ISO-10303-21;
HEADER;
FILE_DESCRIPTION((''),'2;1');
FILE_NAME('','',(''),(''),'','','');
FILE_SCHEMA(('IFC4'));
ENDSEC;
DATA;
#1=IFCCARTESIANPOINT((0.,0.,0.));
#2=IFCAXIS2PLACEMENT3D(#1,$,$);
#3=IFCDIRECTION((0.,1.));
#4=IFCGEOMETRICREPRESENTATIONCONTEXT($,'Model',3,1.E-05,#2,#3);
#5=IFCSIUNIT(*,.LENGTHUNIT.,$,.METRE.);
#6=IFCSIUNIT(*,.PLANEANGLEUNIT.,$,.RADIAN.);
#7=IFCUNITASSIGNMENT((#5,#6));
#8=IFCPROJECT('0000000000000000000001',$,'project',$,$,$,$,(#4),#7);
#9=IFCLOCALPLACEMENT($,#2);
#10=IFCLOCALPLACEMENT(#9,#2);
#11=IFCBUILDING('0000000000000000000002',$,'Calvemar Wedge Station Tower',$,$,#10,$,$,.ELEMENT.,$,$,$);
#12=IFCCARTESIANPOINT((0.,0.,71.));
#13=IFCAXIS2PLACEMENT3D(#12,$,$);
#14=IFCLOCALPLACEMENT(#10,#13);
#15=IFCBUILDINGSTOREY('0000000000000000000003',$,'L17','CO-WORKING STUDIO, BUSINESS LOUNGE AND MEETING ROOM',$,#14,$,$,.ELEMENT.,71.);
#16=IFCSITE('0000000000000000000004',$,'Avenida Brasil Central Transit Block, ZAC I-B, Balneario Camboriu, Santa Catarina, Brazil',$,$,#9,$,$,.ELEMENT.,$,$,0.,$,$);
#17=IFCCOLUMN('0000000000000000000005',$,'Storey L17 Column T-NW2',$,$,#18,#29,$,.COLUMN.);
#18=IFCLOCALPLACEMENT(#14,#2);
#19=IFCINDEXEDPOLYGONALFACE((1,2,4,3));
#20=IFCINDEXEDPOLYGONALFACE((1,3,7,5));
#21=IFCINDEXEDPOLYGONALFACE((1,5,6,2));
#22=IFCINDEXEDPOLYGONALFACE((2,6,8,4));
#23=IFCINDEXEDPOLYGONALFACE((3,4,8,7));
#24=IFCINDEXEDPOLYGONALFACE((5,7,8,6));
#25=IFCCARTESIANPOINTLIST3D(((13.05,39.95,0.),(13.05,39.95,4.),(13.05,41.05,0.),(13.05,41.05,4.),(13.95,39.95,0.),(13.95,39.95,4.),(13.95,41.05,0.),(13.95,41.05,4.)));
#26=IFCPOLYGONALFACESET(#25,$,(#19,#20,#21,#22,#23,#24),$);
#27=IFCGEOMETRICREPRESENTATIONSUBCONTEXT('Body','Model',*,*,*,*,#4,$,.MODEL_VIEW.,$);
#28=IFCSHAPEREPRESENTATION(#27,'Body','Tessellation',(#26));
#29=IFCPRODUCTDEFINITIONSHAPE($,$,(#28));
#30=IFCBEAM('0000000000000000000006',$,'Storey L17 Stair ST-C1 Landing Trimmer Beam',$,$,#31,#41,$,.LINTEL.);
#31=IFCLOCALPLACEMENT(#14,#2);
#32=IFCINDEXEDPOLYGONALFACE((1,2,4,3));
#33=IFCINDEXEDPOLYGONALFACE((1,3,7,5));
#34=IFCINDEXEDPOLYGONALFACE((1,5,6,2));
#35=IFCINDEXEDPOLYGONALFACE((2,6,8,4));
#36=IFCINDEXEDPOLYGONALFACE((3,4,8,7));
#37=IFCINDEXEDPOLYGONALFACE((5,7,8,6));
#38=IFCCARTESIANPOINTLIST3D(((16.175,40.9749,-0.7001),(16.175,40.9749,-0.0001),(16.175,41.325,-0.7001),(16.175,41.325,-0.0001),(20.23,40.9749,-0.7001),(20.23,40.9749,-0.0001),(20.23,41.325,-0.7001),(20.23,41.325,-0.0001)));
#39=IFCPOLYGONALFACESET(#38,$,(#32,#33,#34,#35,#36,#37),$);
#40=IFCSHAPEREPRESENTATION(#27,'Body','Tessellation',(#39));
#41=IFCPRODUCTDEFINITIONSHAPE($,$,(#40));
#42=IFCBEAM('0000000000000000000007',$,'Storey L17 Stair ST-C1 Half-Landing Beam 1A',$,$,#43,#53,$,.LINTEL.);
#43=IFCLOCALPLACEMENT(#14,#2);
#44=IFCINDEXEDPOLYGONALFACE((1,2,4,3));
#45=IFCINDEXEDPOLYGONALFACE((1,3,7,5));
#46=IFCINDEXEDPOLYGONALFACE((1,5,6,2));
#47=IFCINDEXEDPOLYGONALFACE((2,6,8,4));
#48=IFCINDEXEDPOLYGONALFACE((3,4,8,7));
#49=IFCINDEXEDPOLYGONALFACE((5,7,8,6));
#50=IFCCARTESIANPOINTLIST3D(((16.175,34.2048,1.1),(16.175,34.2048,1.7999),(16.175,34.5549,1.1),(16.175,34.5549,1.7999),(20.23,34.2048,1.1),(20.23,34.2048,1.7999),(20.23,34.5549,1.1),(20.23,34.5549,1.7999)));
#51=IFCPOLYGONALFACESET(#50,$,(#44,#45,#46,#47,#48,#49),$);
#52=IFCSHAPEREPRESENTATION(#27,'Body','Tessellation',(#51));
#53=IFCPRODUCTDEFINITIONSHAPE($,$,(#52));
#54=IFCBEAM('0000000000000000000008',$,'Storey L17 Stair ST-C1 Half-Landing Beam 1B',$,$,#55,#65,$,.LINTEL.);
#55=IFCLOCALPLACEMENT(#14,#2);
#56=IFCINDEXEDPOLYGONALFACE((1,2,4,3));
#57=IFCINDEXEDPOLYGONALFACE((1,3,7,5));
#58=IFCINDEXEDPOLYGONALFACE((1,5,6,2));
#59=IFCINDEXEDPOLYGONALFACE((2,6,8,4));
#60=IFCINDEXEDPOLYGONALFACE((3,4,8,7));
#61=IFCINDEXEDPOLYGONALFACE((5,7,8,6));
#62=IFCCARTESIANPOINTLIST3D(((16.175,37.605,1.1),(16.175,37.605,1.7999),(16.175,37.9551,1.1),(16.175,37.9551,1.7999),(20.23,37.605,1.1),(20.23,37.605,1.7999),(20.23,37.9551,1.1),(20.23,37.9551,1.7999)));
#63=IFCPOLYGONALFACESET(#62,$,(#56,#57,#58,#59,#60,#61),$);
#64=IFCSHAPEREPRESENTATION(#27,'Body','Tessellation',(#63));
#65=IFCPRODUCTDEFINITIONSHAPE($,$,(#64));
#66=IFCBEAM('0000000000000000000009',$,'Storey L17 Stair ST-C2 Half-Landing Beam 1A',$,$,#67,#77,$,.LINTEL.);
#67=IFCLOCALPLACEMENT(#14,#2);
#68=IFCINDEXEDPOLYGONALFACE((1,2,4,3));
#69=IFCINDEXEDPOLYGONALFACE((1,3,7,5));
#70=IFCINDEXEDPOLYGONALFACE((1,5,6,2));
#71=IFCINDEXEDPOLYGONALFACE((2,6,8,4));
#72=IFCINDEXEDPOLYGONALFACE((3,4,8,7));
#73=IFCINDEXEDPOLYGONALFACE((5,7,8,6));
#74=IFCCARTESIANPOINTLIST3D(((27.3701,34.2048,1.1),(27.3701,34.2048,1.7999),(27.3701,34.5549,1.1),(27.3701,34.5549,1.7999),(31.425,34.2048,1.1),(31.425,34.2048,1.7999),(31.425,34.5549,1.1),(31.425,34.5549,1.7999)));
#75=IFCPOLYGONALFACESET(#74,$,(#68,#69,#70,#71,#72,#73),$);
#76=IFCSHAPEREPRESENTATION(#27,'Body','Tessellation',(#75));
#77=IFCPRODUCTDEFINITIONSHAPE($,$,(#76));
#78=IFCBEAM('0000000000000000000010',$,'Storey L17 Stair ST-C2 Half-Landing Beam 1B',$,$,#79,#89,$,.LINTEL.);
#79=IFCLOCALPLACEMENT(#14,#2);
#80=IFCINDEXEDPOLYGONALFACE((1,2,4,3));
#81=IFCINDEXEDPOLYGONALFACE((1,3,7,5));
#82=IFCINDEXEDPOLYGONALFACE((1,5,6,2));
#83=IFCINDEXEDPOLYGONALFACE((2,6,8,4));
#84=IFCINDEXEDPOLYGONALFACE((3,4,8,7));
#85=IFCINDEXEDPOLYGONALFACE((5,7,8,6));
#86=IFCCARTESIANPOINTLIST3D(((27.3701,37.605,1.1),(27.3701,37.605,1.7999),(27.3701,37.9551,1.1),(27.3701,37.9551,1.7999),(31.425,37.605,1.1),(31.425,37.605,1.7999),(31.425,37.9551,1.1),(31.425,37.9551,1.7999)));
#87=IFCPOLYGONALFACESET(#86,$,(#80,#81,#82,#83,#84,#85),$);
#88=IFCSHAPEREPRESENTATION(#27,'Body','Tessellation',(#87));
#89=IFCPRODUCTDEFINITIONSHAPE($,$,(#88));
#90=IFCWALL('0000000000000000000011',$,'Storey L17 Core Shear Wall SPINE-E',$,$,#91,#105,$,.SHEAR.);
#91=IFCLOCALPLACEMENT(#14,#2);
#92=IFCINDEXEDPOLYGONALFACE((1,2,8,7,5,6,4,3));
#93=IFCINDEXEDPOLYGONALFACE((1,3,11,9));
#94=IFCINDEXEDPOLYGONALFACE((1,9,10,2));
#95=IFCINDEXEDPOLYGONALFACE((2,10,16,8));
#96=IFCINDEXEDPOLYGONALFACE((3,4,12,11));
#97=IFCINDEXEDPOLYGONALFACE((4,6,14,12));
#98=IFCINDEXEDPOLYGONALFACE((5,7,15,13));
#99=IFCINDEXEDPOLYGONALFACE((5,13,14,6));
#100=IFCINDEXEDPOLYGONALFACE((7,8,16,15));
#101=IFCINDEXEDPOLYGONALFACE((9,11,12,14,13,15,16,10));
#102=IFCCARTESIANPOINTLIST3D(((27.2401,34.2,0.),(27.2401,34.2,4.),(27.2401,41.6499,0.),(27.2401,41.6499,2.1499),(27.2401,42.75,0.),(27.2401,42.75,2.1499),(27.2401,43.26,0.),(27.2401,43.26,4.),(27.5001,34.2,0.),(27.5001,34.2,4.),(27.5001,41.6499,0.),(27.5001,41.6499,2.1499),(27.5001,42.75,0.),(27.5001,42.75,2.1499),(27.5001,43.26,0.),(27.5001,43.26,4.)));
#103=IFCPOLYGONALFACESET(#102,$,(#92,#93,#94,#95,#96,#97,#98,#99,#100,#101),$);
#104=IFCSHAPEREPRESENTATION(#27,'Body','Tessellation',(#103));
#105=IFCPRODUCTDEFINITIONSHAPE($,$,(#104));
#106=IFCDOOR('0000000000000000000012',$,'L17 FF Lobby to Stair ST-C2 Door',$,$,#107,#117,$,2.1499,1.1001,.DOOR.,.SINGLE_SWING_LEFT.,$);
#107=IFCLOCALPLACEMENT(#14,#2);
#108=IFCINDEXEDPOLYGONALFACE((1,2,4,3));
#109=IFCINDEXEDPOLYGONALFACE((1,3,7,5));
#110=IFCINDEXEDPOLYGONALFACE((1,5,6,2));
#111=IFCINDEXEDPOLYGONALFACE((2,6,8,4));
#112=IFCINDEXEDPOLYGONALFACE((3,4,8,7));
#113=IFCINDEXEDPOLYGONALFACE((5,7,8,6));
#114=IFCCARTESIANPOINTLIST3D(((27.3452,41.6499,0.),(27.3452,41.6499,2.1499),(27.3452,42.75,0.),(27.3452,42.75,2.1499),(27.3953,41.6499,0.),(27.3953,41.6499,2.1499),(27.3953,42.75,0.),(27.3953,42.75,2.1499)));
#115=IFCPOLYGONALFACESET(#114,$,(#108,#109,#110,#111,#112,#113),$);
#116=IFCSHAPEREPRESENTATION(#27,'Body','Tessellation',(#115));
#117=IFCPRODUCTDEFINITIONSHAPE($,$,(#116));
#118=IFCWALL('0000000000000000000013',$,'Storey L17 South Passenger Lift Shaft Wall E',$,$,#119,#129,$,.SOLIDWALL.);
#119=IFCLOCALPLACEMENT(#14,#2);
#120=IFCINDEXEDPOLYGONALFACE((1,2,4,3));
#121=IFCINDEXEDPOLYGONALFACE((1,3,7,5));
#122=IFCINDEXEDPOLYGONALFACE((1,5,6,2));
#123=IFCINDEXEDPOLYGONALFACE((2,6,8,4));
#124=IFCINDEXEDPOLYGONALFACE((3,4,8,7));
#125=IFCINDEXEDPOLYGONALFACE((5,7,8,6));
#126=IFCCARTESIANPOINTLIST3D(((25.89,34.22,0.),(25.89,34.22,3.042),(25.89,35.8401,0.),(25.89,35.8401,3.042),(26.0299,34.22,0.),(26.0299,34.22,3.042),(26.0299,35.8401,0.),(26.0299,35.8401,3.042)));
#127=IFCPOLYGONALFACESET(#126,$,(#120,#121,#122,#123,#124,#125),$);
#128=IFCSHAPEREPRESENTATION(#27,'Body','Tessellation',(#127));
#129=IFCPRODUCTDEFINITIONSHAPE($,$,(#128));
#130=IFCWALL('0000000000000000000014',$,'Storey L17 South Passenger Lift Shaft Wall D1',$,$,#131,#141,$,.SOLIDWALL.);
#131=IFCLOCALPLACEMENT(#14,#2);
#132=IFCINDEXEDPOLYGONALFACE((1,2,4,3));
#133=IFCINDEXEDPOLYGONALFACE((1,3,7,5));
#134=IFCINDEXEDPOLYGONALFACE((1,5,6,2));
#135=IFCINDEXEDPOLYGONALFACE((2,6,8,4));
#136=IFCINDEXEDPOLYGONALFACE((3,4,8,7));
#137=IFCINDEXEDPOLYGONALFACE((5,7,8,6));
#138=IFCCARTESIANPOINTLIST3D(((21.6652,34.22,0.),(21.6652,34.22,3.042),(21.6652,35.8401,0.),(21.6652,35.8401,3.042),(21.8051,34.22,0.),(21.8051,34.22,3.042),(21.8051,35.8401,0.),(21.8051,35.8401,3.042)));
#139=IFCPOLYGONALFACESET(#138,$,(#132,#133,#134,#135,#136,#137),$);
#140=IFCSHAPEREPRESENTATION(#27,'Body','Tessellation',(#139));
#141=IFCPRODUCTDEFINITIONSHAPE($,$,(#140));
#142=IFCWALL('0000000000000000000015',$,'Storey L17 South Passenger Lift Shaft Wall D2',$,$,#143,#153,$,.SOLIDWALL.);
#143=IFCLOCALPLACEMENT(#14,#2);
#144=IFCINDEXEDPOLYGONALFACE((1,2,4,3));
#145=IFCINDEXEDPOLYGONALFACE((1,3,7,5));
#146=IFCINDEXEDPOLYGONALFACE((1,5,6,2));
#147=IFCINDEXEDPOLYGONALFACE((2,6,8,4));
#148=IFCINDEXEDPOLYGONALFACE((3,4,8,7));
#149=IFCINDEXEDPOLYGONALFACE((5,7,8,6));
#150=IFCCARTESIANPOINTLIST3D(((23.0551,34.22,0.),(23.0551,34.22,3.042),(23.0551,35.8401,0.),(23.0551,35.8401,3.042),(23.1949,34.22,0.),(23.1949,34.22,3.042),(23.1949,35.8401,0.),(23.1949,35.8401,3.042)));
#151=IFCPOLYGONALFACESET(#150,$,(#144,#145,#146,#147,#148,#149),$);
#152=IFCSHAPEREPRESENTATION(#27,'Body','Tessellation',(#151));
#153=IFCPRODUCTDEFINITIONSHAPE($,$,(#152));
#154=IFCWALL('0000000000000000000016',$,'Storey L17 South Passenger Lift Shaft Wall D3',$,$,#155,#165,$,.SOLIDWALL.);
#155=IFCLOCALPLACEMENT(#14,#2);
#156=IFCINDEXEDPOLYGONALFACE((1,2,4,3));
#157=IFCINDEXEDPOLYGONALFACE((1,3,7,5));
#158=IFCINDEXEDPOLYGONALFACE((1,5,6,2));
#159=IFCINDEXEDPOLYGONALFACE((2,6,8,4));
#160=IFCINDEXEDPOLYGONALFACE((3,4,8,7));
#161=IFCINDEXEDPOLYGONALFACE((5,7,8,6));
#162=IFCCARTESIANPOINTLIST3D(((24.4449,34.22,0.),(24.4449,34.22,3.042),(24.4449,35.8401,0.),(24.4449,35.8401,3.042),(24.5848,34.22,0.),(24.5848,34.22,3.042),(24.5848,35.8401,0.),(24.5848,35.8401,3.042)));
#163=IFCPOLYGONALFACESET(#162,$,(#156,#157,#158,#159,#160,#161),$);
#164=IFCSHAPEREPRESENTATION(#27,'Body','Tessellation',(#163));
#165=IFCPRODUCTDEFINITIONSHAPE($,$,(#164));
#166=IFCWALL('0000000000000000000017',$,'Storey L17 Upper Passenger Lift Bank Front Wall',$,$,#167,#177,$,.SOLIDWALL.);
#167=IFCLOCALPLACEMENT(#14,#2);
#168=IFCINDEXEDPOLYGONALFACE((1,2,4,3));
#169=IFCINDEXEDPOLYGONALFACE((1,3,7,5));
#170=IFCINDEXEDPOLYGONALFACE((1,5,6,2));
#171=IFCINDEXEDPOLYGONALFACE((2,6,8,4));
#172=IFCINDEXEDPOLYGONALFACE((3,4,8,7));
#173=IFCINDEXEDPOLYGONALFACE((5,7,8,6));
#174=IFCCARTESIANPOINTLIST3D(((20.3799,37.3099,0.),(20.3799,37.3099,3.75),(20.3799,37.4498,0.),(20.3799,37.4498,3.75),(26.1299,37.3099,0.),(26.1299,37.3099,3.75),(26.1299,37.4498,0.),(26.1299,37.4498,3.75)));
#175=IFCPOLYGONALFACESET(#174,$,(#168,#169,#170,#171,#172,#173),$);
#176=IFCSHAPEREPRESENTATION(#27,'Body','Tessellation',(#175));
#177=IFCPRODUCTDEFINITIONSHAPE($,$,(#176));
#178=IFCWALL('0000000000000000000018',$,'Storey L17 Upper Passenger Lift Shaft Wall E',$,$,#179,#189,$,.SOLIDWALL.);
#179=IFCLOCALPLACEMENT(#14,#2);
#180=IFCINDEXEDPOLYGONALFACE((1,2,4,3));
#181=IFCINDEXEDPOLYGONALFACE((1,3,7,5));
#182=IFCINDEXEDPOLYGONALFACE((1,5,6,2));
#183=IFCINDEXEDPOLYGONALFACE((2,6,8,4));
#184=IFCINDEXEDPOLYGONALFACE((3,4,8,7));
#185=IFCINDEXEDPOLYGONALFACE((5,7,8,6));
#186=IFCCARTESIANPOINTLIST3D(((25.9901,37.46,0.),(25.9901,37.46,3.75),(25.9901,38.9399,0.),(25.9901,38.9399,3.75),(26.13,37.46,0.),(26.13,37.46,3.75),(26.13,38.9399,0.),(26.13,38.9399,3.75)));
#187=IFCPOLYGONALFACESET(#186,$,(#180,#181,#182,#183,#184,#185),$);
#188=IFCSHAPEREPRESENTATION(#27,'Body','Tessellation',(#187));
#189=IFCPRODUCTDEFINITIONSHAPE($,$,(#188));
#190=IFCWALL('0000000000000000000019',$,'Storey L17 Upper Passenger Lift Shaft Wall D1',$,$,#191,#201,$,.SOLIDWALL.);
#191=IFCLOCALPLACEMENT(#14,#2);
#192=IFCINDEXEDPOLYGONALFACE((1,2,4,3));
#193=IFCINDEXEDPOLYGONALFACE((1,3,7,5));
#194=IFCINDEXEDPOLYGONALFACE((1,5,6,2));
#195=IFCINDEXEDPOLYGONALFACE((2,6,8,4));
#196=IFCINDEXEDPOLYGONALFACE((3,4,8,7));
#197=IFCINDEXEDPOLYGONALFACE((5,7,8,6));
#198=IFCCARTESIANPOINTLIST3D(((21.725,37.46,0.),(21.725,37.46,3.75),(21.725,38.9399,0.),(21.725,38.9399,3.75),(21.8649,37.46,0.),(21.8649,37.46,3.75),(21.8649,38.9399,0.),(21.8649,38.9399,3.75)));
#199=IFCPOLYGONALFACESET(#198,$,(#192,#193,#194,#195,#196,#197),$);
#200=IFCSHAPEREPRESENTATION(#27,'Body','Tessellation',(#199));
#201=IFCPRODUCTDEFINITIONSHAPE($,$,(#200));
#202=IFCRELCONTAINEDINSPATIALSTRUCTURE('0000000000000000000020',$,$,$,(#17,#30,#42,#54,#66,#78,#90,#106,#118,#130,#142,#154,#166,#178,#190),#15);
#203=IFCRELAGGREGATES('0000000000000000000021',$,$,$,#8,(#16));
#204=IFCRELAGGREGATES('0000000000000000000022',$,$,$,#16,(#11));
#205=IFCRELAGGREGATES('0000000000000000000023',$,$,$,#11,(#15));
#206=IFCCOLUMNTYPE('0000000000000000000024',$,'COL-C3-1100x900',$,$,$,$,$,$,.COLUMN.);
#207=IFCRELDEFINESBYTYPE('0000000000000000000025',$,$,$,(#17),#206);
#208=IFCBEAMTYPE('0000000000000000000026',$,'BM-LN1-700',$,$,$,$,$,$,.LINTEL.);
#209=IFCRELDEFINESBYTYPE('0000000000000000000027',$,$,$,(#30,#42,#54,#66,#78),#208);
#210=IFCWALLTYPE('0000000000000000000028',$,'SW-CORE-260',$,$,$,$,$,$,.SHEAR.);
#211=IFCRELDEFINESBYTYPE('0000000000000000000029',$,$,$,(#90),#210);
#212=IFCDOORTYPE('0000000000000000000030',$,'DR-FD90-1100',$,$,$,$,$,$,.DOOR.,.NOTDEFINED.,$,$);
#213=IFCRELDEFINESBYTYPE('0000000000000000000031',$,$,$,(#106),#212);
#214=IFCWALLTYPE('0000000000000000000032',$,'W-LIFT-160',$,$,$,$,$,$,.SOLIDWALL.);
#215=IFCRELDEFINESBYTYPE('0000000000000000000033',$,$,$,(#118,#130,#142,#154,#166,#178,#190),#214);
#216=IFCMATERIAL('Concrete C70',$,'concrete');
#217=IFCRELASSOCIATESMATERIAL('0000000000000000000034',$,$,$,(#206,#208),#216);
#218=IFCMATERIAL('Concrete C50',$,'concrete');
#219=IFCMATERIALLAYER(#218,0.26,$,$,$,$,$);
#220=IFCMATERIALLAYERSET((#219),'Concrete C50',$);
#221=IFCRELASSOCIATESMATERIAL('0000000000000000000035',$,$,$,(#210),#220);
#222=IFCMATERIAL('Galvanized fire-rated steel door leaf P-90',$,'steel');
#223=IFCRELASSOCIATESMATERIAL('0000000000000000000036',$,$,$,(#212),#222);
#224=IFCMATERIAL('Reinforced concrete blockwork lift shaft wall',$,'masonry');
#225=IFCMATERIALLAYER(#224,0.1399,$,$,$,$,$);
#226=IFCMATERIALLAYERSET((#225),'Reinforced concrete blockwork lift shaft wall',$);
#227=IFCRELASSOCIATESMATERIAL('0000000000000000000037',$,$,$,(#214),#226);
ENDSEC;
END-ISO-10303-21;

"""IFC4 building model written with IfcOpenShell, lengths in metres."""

from ifc_helpers import new_model, si_unit, direction, frame, frame_2d, origin, origin_2d, place, context, subcontext, project, spatial, rectangle, extrude, source, transform, mapped, material, layer, layer_set, material_profile, profile_set, type_object, element, fill, save


model = new_model("IFC4")

# Units and contexts
model_context = context("Model", 3, precision=1e-05, world=origin(), true_north=direction((0.0, 1.0)))
body_context = subcontext(model_context, "Body", "Model", "MODEL_VIEW")
ifc_project = project(units=[si_unit("LENGTHUNIT", "METRE"), si_unit("PLANEANGLEUNIT", "RADIAN")], contexts=[model_context])

# Site, building, storey
site_placement = place(None, origin())
site = spatial("IfcSite", under=ifc_project, at=site_placement, Name="Avenida Brasil Central Transit Block, ZAC I-B, Balneario Camboriu, Santa Catarina, Brazil", CompositionType="ELEMENT", RefElevation=0.0)
building_placement = place(site_placement, origin())
building = spatial("IfcBuilding", under=site, at=building_placement, Name="Calvemar Wedge Station Tower", CompositionType="ELEMENT")
storey_placement = place(building_placement, frame((0.0, 0.0, 71.0)))
storey = spatial("IfcBuildingStorey", under=building, at=storey_placement, Name="L17", Description="CO-WORKING STUDIO, BUSINESS LOUNGE AND MEETING ROOM", CompositionType="ELEMENT", Elevation=71.0)

# Column
ifc_material_1 = material(Name="Concrete C70", Category="concrete")
ifc_material_profile_1 = material_profile(ifc_material_1, rectangle(XDim=0.8999, YDim=1.1001, at=origin_2d()), Name="RC1100x900")
ifc_profile_set_1 = profile_set([ifc_material_profile_1], Name="Concrete C70")
column_type = type_object("IfcColumnType", Name="COL-C3-1100x900", PredefinedType="COLUMN", material=ifc_profile_set_1)
shared_shape_1 = source(origin(), body_context, "Body", "SweptSolid", [
    extrude(rectangle(XDim=0.8999, YDim=1.1001, at=origin_2d()), origin(), (0.0, 0.0, 1.0), 4.0),
])
column_placement = place(storey_placement, frame((13.5, 40.5, 0.0), z_axis=(0.0, 0.0, 1.0), x_axis=(1.0, 0.0, 0.0)))
element("IfcColumn", 1, at=column_placement, inside=storey, type_object=column_type, Name="Storey L17 Column T-NW2", PredefinedType="COLUMN", context=body_context, shape_type="MappedRepresentation", body=[
    mapped(shared_shape_1, transform((0.0, 0.0, 0.0), scale=1.0)),
])

# Beams
ifc_material_profile_2 = material_profile(ifc_material_1, rectangle(XDim=0.3501, YDim=0.7, at=origin_2d()), Name="RC350x700")
ifc_profile_set_2 = profile_set([ifc_material_profile_2], Name="Concrete C70")
beam_type = type_object("IfcBeamType", Name="BM-LN1-700", PredefinedType="LINTEL", material=ifc_profile_set_2)
shared_shape_2 = source(origin(), body_context, "Body", "SweptSolid", [
    extrude(rectangle(XDim=0.3501, YDim=0.7, at=origin_2d()), origin(), (0.0, 0.0, 1.0), 4.0549),
])
for number, where, z_axis, x_axis, name in (
    (2, (16.175, 41.1499, -0.3501), (1.0, 0.0, 0.0), (0.0, 1.0, 0.0), "Storey L17 Stair ST-C1 Landing Trimmer Beam"),
    (3, (16.175, 34.3799, 1.45), (1.0, 0.0, 0.0), (0.0, 1.0, 0.0), "Storey L17 Stair ST-C1 Half-Landing Beam 1A"),
    (4, (16.175, 37.78, 1.45), (1.0, 0.0, 0.0), (0.0, 1.0, 0.0), "Storey L17 Stair ST-C1 Half-Landing Beam 1B"),
    (5, (27.3701, 34.3799, 1.45), (1.0, 0.0, 0.0), (0.0, 1.0, 0.0), "Storey L17 Stair ST-C2 Half-Landing Beam 1A"),
    (6, (27.3701, 37.78, 1.45), (1.0, 0.0, 0.0), (0.0, 1.0, 0.0), "Storey L17 Stair ST-C2 Half-Landing Beam 1B"),
):
    element("IfcBeam", number, at=place(storey_placement, frame(where, z_axis=z_axis, x_axis=x_axis)), inside=storey, type_object=beam_type, Name=name, PredefinedType="LINTEL", context=body_context, shape_type="MappedRepresentation", body=[
        mapped(shared_shape_2, transform((0.0, 0.0, 0.0), scale=1.0)),
    ])

# Wall, opening, door
ifc_material_2 = material(Name="Concrete C50", Category="concrete")
ifc_layer_1 = layer(ifc_material_2, 0.26)
ifc_layer_set_1 = layer_set([ifc_layer_1], Name="Concrete C50")
wall_type_1 = type_object("IfcWallType", Name="SW-CORE-260", PredefinedType="SHEAR", material=ifc_layer_set_1)
wall_1_placement = place(storey_placement, frame((27.3701, 34.2, 0.0), z_axis=(0.0, 0.0, 1.0), x_axis=(0.0, 1.0, 0.0)))
wall_1 = element("IfcWall", 7, at=wall_1_placement, inside=storey, type_object=wall_type_1, Name="Storey L17 Core Shear Wall SPINE-E", PredefinedType="SHEAR", context=body_context, shape_type="SweptSolid", body=[
    extrude(rectangle(XDim=9.0601, YDim=0.26, at=frame_2d((4.53, 0.0))), origin(), (0.0, 0.0, 1.0), 4.0),
])
shared_shape_3 = source(origin(), body_context, "Body", "SweptSolid", [
    extrude(rectangle(XDim=1.1001, YDim=2.1499, at=frame_2d((0.55, 1.075))), frame((0.0, 0.1401, 0.0), z_axis=(0.0, -1.0, 0.0), x_axis=(1.0, 0.0, 0.0)), (0.0, 0.0, 1.0), 0.28),
])
opening_1_placement = place(wall_1_placement, frame((7.45, 0.0, 0.0)))
opening_1 = element("IfcOpeningElement", 8, at=opening_1_placement, cuts=wall_1, PredefinedType="OPENING", context=body_context, shape_type="MappedRepresentation", body=[
    mapped(shared_shape_3, transform((0.0, 0.0, 0.0), scale=1.0)),
])
ifc_material_3 = material(Name="Galvanized fire-rated steel door leaf P-90", Category="steel")
door_type_1 = type_object("IfcDoorType", Name="DR-FD90-1100", OperationType="NOTDEFINED", PredefinedType="DOOR", material=ifc_material_3)
shared_shape_4 = source(origin(), body_context, "Body", "SweptSolid", [
    extrude(rectangle(XDim=1.1001, YDim=2.1499, at=frame_2d((0.55, 1.075))), frame((0.0, 0.0249, 0.0), z_axis=(0.0, -1.0, 0.0), x_axis=(1.0, 0.0, 0.0)), (0.0, 0.0, 1.0), 0.05),
])
door_1_placement = place(opening_1_placement, origin())
door_1 = element("IfcDoor", 9, at=door_1_placement, inside=storey, type_object=door_type_1, Name="L17 FF Lobby to Stair ST-C2 Door", OperationType="SINGLE_SWING_LEFT", OverallHeight=2.1499, OverallWidth=1.1001, PredefinedType="DOOR", context=body_context, shape_type="MappedRepresentation", body=[
    mapped(shared_shape_4, transform((0.0, 0.0, 0.0), scale=1.0)),
])
fill(opening_1, door_1)

# Shared definitions
ifc_material_4 = material(Name="Reinforced concrete blockwork lift shaft wall", Category="masonry")
ifc_layer_2 = layer(ifc_material_4, 0.1399)
ifc_layer_set_2 = layer_set([ifc_layer_2], Name="Reinforced concrete blockwork lift shaft wall")
wall_type_2 = type_object("IfcWallType", Name="W-LIFT-160", PredefinedType="SOLIDWALL", material=ifc_layer_set_2)

# Walls
for number, where, z_axis, x_axis, name in (
    (10, (25.96, 34.22, 0.0), (0.0, 0.0, 1.0), (0.0, 1.0, 0.0), "Storey L17 South Passenger Lift Shaft Wall E"),
    (11, (21.7351, 34.22, 0.0), (0.0, 0.0, 1.0), (0.0, 1.0, 0.0), "Storey L17 South Passenger Lift Shaft Wall D1"),
    (12, (23.125, 34.22, 0.0), (0.0, 0.0, 1.0), (0.0, 1.0, 0.0), "Storey L17 South Passenger Lift Shaft Wall D2"),
    (13, (24.5149, 34.22, 0.0), (0.0, 0.0, 1.0), (0.0, 1.0, 0.0), "Storey L17 South Passenger Lift Shaft Wall D3"),
):
    element("IfcWall", number, at=place(storey_placement, frame(where, z_axis=z_axis, x_axis=x_axis)), inside=storey, type_object=wall_type_2, Name=name, PredefinedType="SOLIDWALL", context=body_context, shape_type="SweptSolid", body=[
        extrude(rectangle(XDim=1.6201, YDim=0.1399, at=frame_2d((0.8101, 0.0))), origin(), (0.0, 0.0, 1.0), 3.042),
    ])
wall_2_placement = place(storey_placement, frame((20.3799, 37.3799, 0.0), z_axis=(0.0, 0.0, 1.0), x_axis=(1.0, 0.0, 0.0)))
element("IfcWall", 14, at=wall_2_placement, inside=storey, type_object=wall_type_2, Name="Storey L17 Upper Passenger Lift Bank Front Wall", PredefinedType="SOLIDWALL", context=body_context, shape_type="SweptSolid", body=[
    extrude(rectangle(XDim=5.75, YDim=0.1399, at=frame_2d((2.875, 0.0))), origin(), (0.0, 0.0, 1.0), 3.75),
])
for number, where, z_axis, x_axis, name in (
    (15, (26.0601, 37.46, 0.0), (0.0, 0.0, 1.0), (0.0, 1.0, 0.0), "Storey L17 Upper Passenger Lift Shaft Wall E"),
    (16, (21.7949, 37.46, 0.0), (0.0, 0.0, 1.0), (0.0, 1.0, 0.0), "Storey L17 Upper Passenger Lift Shaft Wall D1"),
):
    element("IfcWall", number, at=place(storey_placement, frame(where, z_axis=z_axis, x_axis=x_axis)), inside=storey, type_object=wall_type_2, Name=name, PredefinedType="SOLIDWALL", context=body_context, shape_type="SweptSolid", body=[
        extrude(rectangle(XDim=1.48, YDim=0.1399, at=frame_2d((0.74, 0.0))), origin(), (0.0, 0.0, 1.0), 3.75),
    ])

save(model, "model.ifc")
